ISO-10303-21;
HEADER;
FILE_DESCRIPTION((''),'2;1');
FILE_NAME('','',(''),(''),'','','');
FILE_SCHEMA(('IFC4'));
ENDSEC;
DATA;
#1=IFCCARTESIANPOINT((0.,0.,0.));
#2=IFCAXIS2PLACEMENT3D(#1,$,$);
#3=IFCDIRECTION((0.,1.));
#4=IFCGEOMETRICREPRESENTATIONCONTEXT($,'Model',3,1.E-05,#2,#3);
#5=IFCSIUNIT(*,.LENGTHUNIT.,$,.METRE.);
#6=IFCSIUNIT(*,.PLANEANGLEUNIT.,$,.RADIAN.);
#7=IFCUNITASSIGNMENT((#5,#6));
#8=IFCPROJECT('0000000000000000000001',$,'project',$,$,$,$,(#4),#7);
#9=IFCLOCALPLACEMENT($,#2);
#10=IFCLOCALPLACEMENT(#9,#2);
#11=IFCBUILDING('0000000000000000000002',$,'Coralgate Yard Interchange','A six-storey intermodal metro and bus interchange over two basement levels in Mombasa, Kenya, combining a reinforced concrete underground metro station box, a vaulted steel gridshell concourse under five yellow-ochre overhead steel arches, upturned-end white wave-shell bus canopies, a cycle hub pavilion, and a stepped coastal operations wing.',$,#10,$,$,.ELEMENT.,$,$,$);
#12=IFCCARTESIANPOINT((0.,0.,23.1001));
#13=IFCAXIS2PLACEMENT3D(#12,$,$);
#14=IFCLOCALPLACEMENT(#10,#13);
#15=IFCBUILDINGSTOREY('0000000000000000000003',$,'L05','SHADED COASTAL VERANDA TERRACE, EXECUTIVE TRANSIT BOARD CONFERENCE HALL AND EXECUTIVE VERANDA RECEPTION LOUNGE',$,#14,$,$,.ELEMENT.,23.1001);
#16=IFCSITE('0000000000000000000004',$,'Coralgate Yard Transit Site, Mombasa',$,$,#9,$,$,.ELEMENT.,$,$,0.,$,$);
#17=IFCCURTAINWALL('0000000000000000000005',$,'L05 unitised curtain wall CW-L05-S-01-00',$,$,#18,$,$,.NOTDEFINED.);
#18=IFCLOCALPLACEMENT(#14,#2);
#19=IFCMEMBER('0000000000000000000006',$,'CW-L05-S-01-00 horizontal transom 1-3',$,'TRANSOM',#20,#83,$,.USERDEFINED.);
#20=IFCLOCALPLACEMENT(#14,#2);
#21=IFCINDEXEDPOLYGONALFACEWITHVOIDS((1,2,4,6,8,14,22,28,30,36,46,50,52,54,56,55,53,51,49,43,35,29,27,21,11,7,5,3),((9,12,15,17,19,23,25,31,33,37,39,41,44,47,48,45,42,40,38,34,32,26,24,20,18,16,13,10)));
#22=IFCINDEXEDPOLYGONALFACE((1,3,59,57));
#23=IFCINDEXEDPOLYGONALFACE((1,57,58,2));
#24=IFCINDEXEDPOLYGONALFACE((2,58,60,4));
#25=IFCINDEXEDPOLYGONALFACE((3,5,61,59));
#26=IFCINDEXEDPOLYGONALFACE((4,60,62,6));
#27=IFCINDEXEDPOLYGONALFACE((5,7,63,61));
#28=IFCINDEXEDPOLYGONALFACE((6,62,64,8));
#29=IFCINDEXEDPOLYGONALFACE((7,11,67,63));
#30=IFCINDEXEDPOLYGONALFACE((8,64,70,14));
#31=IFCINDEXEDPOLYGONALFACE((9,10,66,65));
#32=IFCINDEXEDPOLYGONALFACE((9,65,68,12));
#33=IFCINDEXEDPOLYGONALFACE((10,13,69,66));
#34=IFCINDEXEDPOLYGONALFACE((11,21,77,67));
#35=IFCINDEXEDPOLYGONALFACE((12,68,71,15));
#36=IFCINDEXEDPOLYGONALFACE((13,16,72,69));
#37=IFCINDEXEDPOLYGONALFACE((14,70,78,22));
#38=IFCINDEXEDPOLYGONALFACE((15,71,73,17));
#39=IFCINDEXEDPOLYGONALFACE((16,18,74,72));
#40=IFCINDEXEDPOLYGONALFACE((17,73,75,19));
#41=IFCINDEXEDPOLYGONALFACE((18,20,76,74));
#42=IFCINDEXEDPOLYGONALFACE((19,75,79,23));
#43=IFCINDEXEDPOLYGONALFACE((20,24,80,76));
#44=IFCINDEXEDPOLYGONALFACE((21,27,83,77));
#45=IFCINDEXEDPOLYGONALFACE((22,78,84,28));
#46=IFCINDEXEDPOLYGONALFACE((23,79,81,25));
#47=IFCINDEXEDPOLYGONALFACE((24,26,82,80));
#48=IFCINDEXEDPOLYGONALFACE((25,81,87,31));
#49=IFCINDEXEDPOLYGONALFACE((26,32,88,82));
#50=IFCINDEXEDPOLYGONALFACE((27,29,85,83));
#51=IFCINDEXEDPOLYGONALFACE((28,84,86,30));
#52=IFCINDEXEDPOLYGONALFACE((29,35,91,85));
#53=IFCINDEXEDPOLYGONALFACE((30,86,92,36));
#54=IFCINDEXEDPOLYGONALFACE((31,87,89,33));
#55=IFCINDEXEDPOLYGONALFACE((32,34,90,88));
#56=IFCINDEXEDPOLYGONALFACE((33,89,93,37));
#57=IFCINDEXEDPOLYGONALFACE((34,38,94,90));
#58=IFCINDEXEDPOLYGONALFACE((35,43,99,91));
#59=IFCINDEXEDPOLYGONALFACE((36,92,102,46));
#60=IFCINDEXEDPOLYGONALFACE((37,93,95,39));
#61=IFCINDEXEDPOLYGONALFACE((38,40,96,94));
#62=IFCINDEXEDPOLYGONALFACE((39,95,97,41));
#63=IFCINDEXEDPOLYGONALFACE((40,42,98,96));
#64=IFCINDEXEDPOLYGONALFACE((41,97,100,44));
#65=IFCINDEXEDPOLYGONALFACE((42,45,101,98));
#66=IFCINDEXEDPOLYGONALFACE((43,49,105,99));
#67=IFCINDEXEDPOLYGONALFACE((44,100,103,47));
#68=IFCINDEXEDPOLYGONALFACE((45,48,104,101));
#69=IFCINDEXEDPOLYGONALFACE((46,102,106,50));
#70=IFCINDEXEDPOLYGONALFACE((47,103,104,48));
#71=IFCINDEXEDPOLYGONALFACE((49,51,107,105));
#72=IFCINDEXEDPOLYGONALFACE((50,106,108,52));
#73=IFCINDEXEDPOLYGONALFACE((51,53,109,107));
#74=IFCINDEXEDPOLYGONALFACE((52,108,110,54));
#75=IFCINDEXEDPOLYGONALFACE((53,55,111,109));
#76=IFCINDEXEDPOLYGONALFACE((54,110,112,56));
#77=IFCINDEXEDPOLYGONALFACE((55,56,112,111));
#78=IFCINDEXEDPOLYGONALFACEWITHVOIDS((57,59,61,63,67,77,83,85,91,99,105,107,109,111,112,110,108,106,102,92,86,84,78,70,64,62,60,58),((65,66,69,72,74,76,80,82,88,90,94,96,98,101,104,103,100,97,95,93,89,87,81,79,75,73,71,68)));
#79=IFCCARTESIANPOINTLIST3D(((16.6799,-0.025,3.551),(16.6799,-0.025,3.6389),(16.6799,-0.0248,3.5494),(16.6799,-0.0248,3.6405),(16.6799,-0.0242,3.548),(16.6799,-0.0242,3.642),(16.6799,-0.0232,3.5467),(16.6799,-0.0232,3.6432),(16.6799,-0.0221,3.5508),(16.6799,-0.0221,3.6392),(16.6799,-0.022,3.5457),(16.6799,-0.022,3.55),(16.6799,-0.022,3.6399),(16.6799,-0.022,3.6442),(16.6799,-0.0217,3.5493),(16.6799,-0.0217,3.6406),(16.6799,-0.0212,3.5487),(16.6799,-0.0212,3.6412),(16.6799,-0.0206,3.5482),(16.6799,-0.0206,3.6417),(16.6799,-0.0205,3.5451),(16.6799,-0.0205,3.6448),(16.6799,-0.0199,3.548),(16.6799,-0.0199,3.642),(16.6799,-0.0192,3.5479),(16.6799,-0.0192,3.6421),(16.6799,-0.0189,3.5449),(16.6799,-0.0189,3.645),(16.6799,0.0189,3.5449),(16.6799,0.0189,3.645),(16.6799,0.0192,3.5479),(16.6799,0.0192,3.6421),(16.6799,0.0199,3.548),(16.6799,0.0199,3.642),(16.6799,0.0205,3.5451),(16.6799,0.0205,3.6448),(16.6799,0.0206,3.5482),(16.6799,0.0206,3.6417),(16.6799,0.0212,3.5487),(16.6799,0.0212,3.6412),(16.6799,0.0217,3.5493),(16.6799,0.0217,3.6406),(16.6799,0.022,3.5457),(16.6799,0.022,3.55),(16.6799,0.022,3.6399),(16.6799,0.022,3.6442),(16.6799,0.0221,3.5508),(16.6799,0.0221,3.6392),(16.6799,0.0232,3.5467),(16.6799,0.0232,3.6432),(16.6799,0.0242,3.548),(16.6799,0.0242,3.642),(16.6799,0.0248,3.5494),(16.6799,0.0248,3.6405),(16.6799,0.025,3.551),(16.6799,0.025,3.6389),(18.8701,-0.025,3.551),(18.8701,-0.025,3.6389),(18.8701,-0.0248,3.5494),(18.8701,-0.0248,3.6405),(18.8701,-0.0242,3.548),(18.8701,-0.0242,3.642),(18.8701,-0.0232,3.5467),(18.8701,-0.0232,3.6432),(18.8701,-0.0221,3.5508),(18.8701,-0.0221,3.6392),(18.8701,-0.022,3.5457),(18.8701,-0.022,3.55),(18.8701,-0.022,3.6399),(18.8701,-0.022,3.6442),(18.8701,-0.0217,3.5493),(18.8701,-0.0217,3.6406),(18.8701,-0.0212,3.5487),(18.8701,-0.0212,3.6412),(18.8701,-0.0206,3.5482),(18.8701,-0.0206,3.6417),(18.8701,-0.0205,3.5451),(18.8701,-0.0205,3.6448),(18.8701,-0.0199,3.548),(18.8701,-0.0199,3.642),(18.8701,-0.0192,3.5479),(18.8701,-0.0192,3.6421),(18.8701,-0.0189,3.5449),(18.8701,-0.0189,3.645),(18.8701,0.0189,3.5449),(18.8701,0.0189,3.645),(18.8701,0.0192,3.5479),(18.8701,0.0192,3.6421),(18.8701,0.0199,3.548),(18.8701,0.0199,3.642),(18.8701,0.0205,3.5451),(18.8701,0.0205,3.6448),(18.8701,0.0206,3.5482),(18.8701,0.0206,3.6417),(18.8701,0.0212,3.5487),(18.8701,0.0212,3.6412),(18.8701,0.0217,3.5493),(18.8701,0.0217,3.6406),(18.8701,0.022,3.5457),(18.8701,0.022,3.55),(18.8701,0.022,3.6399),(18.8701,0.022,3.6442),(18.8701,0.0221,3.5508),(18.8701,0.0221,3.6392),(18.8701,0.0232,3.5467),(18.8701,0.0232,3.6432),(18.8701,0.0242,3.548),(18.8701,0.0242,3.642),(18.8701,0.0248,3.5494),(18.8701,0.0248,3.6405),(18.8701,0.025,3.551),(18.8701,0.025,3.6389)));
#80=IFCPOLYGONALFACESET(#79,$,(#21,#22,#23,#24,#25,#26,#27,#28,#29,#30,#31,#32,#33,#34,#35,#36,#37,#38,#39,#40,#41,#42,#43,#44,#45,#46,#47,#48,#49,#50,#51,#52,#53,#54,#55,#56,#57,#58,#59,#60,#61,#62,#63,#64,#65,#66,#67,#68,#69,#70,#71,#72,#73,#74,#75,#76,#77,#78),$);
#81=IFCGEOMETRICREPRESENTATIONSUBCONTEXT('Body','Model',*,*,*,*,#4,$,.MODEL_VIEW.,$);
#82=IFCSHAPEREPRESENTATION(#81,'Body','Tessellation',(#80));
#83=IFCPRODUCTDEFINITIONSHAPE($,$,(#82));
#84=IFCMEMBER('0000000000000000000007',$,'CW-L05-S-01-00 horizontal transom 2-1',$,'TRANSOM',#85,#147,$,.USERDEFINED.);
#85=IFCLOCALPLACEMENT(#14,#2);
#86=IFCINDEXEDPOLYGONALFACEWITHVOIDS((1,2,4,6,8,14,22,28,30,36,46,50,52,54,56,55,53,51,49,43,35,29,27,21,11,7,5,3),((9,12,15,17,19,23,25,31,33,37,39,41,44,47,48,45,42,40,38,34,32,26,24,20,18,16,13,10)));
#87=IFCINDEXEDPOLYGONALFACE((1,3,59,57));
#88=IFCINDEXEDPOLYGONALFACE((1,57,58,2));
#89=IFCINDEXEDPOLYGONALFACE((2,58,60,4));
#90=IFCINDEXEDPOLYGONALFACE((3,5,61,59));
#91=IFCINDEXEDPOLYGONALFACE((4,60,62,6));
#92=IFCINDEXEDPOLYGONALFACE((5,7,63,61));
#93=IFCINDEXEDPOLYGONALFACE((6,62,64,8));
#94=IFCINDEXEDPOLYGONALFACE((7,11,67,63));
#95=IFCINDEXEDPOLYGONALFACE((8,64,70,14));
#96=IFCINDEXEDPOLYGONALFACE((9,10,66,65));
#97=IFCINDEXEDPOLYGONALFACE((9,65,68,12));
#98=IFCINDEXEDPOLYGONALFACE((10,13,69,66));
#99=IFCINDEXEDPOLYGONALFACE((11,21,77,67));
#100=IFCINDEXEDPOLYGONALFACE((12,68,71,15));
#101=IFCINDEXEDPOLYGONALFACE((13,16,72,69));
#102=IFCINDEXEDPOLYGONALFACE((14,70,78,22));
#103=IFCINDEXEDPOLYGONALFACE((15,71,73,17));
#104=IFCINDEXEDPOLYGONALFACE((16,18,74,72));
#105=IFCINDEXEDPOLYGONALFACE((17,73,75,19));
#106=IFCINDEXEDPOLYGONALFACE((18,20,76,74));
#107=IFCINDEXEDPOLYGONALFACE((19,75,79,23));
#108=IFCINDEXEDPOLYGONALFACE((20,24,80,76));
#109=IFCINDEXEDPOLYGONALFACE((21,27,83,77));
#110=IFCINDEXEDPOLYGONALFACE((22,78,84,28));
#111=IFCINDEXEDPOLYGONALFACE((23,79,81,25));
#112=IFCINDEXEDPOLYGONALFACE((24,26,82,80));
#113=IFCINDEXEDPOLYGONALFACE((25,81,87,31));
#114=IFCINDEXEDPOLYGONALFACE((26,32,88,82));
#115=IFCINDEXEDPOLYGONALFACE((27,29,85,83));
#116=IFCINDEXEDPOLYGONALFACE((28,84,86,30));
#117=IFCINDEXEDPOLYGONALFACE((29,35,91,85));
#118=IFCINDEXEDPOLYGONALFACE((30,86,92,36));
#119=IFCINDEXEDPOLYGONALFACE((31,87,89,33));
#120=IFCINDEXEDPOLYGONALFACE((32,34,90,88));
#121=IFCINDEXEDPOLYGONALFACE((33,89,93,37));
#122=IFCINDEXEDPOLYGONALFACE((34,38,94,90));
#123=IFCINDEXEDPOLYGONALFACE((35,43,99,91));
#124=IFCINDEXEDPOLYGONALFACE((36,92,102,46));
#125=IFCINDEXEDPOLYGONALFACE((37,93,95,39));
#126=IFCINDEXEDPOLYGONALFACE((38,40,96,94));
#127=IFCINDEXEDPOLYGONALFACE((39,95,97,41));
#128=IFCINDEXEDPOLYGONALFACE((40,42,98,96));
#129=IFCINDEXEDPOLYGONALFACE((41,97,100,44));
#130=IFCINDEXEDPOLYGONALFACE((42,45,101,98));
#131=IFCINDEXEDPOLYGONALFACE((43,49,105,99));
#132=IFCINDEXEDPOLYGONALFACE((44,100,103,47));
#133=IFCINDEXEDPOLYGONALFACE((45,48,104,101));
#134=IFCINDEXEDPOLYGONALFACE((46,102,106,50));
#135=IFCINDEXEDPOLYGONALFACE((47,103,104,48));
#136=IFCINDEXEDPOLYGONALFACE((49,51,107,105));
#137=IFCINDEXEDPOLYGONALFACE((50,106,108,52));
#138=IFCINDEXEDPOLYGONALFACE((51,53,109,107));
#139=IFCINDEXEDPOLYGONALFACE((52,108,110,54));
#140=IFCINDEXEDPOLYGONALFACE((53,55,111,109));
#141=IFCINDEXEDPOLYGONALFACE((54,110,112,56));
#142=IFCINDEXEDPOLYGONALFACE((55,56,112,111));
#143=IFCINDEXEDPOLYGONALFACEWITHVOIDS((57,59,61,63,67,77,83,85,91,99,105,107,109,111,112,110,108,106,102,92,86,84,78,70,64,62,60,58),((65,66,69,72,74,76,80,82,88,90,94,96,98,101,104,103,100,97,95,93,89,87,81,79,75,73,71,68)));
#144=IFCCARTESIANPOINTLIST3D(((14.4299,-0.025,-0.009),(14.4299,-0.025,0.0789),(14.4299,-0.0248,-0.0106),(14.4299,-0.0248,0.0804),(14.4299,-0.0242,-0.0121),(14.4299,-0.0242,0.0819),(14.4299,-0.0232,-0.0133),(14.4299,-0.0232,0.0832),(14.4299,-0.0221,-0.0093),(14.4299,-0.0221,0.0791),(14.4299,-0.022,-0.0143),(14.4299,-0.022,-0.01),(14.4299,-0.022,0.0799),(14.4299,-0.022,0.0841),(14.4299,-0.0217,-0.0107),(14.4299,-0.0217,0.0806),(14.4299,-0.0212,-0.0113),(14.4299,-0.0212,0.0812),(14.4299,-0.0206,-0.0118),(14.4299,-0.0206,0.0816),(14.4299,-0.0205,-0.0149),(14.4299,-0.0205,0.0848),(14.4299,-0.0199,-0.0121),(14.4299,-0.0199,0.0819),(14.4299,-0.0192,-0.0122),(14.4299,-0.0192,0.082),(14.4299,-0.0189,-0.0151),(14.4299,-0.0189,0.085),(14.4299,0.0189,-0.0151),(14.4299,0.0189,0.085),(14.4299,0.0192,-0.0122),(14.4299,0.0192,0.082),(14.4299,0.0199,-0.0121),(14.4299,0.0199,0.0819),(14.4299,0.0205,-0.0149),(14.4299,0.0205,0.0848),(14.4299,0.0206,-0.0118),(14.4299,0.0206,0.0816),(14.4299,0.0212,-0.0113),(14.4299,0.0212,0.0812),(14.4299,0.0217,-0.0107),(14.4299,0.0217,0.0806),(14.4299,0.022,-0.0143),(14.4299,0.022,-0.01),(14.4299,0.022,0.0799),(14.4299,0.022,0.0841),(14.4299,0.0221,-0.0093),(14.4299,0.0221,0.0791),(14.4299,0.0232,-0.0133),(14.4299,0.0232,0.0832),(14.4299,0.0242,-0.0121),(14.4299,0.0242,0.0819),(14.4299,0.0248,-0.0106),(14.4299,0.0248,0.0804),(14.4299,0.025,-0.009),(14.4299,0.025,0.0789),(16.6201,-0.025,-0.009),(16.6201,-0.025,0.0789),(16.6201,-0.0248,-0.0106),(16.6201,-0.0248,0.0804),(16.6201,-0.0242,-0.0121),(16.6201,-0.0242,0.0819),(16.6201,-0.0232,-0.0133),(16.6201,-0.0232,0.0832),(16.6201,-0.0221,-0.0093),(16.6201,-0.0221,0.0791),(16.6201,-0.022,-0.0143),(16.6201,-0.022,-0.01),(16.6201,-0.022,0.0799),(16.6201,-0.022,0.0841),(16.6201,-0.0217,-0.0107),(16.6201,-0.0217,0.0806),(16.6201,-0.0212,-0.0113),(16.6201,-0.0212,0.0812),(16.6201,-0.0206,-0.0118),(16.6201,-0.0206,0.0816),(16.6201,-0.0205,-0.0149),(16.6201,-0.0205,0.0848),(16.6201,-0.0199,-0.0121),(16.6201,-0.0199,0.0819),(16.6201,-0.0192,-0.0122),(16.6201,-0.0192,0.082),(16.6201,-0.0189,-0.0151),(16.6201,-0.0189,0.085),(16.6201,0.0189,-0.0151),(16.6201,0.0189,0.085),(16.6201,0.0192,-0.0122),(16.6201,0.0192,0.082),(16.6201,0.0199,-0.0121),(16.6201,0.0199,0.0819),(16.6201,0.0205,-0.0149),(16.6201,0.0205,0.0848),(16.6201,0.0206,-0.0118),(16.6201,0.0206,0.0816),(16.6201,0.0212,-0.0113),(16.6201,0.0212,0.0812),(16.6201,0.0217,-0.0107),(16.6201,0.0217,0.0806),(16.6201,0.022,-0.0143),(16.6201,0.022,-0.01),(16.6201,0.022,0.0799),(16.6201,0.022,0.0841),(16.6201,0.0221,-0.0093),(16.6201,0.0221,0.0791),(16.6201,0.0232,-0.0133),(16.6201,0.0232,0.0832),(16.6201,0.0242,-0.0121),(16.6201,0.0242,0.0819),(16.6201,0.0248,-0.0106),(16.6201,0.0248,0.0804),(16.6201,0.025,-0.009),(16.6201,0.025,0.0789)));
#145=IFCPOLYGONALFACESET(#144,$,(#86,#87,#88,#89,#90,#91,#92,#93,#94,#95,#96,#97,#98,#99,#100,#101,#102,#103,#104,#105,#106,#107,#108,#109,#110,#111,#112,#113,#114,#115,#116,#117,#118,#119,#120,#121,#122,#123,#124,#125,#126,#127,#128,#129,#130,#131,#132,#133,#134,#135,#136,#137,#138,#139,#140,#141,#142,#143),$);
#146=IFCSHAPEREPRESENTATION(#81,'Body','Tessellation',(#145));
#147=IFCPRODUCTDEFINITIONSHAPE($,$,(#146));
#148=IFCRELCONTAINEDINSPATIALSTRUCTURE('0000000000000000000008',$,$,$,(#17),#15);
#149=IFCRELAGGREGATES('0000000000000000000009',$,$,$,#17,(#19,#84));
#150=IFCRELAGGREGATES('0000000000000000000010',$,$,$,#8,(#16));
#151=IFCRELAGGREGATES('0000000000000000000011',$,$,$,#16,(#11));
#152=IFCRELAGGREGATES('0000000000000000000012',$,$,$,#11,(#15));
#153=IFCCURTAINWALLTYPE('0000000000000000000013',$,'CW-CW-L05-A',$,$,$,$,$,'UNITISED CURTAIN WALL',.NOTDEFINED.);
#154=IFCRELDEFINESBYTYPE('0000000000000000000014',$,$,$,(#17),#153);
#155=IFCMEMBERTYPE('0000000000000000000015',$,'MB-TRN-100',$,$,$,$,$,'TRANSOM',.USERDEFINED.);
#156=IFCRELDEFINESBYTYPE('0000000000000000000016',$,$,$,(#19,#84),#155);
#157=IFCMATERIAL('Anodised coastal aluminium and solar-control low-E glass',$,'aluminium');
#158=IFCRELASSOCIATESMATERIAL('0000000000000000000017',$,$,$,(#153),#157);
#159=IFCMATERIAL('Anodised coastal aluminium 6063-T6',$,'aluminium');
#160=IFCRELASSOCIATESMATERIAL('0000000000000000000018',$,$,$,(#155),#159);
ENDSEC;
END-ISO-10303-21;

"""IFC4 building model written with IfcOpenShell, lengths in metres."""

from ifc_helpers import new_model, si_unit, direction, frame, origin, origin_2d, place, context, subcontext, project, spatial, hollow_rectangle, extrude, material, material_profile, profile_set, type_object, element, aggregate, save


model = new_model("IFC4")

# Units and contexts
model_context = context("Model", 3, precision=1e-05, world=origin(), true_north=direction((0.0, 1.0)))
body_context = subcontext(model_context, "Body", "Model", "MODEL_VIEW")
ifc_project = project(units=[si_unit("LENGTHUNIT", "METRE"), si_unit("PLANEANGLEUNIT", "RADIAN")], contexts=[model_context])

# Site, building, storey
site_placement = place(None, origin())
site = spatial("IfcSite", under=ifc_project, at=site_placement, Name="Coralgate Yard Transit Site, Mombasa", CompositionType="ELEMENT", RefElevation=0.0)
building_placement = place(site_placement, origin())
building = spatial("IfcBuilding", under=site, at=building_placement, Name="Coralgate Yard Interchange", Description="A six-storey intermodal metro and bus interchange over two basement levels in Mombasa, Kenya, combining a reinforced concrete underground metro station box, a vaulted steel gridshell concourse under five yellow-ochre overhead steel arches, upturned-end white wave-shell bus canopies, a cycle hub pavilion, and a stepped coastal operations wing.", CompositionType="ELEMENT")
storey_placement = place(building_placement, frame((0.0, 0.0, 23.1001)))
storey = spatial("IfcBuildingStorey", under=building, at=storey_placement, Name="L05", Description="SHADED COASTAL VERANDA TERRACE, EXECUTIVE TRANSIT BOARD CONFERENCE HALL AND EXECUTIVE VERANDA RECEPTION LOUNGE", CompositionType="ELEMENT", Elevation=23.1001)

# Curtain wall, members
ifc_material_1 = material(Name="Anodised coastal aluminium and solar-control low-E glass", Category="aluminium")
curtain_wall_type = type_object("IfcCurtainWallType", Name="CW-CW-L05-A", ElementType="UNITISED CURTAIN WALL", PredefinedType="NOTDEFINED", material=ifc_material_1)
curtain_wall_placement = place(storey_placement, origin())
curtain_wall = element("IfcCurtainWall", 1, at=curtain_wall_placement, inside=storey, type_object=curtain_wall_type, Name="L05 unitised curtain wall CW-L05-S-01-00", PredefinedType="NOTDEFINED")
ifc_material_2 = material(Name="Anodised coastal aluminium 6063-T6", Category="aluminium")
ifc_material_profile_1 = material_profile(ifc_material_2, hollow_rectangle(XDim=0.05, YDim=0.1001, WallThickness=0.0029, InnerFilletRadius=0.0029, OuterFilletRadius=0.0061, at=origin_2d()), Name="ALU 50x100x3")
ifc_profile_set_1 = profile_set([ifc_material_profile_1], Name="Anodised coastal aluminium 6063-T6")
member_type_1 = type_object("IfcMemberType", Name="MB-TRN-100", ElementType="TRANSOM", PredefinedType="USERDEFINED", material=ifc_profile_set_1)
member_1_placement = place(storey_placement, frame((18.8701, 0.0, 3.595), z_axis=(-1.0, 0.0, 0.0), x_axis=(0.0, -1.0, 0.0)))
member_1 = element("IfcMember", 2, at=member_1_placement, type_object=member_type_1, Name="CW-L05-S-01-00 horizontal transom 1-3", ObjectType="TRANSOM", PredefinedType="USERDEFINED", context=body_context, shape_type="SweptSolid", body=[
    extrude(hollow_rectangle(XDim=0.05, YDim=0.1001, WallThickness=0.0029, InnerFilletRadius=0.0029, OuterFilletRadius=0.0061, at=origin_2d()), origin(), (0.0, 0.0, 1.0), 2.1902),
])
member_2_placement = place(storey_placement, frame((16.6201, 0.0, 0.0349), z_axis=(-1.0, 0.0, 0.0), x_axis=(0.0, -1.0, 0.0)))
member_2 = element("IfcMember", 3, at=member_2_placement, type_object=member_type_1, Name="CW-L05-S-01-00 horizontal transom 2-1", ObjectType="TRANSOM", PredefinedType="USERDEFINED", context=body_context, shape_type="SweptSolid", body=[
    extrude(hollow_rectangle(XDim=0.05, YDim=0.1001, WallThickness=0.0029, InnerFilletRadius=0.0029, OuterFilletRadius=0.0061, at=origin_2d()), origin(), (0.0, 0.0, 1.0), 2.1902),
])
aggregate(curtain_wall, [member_1, member_2])

save(model, "model.ifc")
